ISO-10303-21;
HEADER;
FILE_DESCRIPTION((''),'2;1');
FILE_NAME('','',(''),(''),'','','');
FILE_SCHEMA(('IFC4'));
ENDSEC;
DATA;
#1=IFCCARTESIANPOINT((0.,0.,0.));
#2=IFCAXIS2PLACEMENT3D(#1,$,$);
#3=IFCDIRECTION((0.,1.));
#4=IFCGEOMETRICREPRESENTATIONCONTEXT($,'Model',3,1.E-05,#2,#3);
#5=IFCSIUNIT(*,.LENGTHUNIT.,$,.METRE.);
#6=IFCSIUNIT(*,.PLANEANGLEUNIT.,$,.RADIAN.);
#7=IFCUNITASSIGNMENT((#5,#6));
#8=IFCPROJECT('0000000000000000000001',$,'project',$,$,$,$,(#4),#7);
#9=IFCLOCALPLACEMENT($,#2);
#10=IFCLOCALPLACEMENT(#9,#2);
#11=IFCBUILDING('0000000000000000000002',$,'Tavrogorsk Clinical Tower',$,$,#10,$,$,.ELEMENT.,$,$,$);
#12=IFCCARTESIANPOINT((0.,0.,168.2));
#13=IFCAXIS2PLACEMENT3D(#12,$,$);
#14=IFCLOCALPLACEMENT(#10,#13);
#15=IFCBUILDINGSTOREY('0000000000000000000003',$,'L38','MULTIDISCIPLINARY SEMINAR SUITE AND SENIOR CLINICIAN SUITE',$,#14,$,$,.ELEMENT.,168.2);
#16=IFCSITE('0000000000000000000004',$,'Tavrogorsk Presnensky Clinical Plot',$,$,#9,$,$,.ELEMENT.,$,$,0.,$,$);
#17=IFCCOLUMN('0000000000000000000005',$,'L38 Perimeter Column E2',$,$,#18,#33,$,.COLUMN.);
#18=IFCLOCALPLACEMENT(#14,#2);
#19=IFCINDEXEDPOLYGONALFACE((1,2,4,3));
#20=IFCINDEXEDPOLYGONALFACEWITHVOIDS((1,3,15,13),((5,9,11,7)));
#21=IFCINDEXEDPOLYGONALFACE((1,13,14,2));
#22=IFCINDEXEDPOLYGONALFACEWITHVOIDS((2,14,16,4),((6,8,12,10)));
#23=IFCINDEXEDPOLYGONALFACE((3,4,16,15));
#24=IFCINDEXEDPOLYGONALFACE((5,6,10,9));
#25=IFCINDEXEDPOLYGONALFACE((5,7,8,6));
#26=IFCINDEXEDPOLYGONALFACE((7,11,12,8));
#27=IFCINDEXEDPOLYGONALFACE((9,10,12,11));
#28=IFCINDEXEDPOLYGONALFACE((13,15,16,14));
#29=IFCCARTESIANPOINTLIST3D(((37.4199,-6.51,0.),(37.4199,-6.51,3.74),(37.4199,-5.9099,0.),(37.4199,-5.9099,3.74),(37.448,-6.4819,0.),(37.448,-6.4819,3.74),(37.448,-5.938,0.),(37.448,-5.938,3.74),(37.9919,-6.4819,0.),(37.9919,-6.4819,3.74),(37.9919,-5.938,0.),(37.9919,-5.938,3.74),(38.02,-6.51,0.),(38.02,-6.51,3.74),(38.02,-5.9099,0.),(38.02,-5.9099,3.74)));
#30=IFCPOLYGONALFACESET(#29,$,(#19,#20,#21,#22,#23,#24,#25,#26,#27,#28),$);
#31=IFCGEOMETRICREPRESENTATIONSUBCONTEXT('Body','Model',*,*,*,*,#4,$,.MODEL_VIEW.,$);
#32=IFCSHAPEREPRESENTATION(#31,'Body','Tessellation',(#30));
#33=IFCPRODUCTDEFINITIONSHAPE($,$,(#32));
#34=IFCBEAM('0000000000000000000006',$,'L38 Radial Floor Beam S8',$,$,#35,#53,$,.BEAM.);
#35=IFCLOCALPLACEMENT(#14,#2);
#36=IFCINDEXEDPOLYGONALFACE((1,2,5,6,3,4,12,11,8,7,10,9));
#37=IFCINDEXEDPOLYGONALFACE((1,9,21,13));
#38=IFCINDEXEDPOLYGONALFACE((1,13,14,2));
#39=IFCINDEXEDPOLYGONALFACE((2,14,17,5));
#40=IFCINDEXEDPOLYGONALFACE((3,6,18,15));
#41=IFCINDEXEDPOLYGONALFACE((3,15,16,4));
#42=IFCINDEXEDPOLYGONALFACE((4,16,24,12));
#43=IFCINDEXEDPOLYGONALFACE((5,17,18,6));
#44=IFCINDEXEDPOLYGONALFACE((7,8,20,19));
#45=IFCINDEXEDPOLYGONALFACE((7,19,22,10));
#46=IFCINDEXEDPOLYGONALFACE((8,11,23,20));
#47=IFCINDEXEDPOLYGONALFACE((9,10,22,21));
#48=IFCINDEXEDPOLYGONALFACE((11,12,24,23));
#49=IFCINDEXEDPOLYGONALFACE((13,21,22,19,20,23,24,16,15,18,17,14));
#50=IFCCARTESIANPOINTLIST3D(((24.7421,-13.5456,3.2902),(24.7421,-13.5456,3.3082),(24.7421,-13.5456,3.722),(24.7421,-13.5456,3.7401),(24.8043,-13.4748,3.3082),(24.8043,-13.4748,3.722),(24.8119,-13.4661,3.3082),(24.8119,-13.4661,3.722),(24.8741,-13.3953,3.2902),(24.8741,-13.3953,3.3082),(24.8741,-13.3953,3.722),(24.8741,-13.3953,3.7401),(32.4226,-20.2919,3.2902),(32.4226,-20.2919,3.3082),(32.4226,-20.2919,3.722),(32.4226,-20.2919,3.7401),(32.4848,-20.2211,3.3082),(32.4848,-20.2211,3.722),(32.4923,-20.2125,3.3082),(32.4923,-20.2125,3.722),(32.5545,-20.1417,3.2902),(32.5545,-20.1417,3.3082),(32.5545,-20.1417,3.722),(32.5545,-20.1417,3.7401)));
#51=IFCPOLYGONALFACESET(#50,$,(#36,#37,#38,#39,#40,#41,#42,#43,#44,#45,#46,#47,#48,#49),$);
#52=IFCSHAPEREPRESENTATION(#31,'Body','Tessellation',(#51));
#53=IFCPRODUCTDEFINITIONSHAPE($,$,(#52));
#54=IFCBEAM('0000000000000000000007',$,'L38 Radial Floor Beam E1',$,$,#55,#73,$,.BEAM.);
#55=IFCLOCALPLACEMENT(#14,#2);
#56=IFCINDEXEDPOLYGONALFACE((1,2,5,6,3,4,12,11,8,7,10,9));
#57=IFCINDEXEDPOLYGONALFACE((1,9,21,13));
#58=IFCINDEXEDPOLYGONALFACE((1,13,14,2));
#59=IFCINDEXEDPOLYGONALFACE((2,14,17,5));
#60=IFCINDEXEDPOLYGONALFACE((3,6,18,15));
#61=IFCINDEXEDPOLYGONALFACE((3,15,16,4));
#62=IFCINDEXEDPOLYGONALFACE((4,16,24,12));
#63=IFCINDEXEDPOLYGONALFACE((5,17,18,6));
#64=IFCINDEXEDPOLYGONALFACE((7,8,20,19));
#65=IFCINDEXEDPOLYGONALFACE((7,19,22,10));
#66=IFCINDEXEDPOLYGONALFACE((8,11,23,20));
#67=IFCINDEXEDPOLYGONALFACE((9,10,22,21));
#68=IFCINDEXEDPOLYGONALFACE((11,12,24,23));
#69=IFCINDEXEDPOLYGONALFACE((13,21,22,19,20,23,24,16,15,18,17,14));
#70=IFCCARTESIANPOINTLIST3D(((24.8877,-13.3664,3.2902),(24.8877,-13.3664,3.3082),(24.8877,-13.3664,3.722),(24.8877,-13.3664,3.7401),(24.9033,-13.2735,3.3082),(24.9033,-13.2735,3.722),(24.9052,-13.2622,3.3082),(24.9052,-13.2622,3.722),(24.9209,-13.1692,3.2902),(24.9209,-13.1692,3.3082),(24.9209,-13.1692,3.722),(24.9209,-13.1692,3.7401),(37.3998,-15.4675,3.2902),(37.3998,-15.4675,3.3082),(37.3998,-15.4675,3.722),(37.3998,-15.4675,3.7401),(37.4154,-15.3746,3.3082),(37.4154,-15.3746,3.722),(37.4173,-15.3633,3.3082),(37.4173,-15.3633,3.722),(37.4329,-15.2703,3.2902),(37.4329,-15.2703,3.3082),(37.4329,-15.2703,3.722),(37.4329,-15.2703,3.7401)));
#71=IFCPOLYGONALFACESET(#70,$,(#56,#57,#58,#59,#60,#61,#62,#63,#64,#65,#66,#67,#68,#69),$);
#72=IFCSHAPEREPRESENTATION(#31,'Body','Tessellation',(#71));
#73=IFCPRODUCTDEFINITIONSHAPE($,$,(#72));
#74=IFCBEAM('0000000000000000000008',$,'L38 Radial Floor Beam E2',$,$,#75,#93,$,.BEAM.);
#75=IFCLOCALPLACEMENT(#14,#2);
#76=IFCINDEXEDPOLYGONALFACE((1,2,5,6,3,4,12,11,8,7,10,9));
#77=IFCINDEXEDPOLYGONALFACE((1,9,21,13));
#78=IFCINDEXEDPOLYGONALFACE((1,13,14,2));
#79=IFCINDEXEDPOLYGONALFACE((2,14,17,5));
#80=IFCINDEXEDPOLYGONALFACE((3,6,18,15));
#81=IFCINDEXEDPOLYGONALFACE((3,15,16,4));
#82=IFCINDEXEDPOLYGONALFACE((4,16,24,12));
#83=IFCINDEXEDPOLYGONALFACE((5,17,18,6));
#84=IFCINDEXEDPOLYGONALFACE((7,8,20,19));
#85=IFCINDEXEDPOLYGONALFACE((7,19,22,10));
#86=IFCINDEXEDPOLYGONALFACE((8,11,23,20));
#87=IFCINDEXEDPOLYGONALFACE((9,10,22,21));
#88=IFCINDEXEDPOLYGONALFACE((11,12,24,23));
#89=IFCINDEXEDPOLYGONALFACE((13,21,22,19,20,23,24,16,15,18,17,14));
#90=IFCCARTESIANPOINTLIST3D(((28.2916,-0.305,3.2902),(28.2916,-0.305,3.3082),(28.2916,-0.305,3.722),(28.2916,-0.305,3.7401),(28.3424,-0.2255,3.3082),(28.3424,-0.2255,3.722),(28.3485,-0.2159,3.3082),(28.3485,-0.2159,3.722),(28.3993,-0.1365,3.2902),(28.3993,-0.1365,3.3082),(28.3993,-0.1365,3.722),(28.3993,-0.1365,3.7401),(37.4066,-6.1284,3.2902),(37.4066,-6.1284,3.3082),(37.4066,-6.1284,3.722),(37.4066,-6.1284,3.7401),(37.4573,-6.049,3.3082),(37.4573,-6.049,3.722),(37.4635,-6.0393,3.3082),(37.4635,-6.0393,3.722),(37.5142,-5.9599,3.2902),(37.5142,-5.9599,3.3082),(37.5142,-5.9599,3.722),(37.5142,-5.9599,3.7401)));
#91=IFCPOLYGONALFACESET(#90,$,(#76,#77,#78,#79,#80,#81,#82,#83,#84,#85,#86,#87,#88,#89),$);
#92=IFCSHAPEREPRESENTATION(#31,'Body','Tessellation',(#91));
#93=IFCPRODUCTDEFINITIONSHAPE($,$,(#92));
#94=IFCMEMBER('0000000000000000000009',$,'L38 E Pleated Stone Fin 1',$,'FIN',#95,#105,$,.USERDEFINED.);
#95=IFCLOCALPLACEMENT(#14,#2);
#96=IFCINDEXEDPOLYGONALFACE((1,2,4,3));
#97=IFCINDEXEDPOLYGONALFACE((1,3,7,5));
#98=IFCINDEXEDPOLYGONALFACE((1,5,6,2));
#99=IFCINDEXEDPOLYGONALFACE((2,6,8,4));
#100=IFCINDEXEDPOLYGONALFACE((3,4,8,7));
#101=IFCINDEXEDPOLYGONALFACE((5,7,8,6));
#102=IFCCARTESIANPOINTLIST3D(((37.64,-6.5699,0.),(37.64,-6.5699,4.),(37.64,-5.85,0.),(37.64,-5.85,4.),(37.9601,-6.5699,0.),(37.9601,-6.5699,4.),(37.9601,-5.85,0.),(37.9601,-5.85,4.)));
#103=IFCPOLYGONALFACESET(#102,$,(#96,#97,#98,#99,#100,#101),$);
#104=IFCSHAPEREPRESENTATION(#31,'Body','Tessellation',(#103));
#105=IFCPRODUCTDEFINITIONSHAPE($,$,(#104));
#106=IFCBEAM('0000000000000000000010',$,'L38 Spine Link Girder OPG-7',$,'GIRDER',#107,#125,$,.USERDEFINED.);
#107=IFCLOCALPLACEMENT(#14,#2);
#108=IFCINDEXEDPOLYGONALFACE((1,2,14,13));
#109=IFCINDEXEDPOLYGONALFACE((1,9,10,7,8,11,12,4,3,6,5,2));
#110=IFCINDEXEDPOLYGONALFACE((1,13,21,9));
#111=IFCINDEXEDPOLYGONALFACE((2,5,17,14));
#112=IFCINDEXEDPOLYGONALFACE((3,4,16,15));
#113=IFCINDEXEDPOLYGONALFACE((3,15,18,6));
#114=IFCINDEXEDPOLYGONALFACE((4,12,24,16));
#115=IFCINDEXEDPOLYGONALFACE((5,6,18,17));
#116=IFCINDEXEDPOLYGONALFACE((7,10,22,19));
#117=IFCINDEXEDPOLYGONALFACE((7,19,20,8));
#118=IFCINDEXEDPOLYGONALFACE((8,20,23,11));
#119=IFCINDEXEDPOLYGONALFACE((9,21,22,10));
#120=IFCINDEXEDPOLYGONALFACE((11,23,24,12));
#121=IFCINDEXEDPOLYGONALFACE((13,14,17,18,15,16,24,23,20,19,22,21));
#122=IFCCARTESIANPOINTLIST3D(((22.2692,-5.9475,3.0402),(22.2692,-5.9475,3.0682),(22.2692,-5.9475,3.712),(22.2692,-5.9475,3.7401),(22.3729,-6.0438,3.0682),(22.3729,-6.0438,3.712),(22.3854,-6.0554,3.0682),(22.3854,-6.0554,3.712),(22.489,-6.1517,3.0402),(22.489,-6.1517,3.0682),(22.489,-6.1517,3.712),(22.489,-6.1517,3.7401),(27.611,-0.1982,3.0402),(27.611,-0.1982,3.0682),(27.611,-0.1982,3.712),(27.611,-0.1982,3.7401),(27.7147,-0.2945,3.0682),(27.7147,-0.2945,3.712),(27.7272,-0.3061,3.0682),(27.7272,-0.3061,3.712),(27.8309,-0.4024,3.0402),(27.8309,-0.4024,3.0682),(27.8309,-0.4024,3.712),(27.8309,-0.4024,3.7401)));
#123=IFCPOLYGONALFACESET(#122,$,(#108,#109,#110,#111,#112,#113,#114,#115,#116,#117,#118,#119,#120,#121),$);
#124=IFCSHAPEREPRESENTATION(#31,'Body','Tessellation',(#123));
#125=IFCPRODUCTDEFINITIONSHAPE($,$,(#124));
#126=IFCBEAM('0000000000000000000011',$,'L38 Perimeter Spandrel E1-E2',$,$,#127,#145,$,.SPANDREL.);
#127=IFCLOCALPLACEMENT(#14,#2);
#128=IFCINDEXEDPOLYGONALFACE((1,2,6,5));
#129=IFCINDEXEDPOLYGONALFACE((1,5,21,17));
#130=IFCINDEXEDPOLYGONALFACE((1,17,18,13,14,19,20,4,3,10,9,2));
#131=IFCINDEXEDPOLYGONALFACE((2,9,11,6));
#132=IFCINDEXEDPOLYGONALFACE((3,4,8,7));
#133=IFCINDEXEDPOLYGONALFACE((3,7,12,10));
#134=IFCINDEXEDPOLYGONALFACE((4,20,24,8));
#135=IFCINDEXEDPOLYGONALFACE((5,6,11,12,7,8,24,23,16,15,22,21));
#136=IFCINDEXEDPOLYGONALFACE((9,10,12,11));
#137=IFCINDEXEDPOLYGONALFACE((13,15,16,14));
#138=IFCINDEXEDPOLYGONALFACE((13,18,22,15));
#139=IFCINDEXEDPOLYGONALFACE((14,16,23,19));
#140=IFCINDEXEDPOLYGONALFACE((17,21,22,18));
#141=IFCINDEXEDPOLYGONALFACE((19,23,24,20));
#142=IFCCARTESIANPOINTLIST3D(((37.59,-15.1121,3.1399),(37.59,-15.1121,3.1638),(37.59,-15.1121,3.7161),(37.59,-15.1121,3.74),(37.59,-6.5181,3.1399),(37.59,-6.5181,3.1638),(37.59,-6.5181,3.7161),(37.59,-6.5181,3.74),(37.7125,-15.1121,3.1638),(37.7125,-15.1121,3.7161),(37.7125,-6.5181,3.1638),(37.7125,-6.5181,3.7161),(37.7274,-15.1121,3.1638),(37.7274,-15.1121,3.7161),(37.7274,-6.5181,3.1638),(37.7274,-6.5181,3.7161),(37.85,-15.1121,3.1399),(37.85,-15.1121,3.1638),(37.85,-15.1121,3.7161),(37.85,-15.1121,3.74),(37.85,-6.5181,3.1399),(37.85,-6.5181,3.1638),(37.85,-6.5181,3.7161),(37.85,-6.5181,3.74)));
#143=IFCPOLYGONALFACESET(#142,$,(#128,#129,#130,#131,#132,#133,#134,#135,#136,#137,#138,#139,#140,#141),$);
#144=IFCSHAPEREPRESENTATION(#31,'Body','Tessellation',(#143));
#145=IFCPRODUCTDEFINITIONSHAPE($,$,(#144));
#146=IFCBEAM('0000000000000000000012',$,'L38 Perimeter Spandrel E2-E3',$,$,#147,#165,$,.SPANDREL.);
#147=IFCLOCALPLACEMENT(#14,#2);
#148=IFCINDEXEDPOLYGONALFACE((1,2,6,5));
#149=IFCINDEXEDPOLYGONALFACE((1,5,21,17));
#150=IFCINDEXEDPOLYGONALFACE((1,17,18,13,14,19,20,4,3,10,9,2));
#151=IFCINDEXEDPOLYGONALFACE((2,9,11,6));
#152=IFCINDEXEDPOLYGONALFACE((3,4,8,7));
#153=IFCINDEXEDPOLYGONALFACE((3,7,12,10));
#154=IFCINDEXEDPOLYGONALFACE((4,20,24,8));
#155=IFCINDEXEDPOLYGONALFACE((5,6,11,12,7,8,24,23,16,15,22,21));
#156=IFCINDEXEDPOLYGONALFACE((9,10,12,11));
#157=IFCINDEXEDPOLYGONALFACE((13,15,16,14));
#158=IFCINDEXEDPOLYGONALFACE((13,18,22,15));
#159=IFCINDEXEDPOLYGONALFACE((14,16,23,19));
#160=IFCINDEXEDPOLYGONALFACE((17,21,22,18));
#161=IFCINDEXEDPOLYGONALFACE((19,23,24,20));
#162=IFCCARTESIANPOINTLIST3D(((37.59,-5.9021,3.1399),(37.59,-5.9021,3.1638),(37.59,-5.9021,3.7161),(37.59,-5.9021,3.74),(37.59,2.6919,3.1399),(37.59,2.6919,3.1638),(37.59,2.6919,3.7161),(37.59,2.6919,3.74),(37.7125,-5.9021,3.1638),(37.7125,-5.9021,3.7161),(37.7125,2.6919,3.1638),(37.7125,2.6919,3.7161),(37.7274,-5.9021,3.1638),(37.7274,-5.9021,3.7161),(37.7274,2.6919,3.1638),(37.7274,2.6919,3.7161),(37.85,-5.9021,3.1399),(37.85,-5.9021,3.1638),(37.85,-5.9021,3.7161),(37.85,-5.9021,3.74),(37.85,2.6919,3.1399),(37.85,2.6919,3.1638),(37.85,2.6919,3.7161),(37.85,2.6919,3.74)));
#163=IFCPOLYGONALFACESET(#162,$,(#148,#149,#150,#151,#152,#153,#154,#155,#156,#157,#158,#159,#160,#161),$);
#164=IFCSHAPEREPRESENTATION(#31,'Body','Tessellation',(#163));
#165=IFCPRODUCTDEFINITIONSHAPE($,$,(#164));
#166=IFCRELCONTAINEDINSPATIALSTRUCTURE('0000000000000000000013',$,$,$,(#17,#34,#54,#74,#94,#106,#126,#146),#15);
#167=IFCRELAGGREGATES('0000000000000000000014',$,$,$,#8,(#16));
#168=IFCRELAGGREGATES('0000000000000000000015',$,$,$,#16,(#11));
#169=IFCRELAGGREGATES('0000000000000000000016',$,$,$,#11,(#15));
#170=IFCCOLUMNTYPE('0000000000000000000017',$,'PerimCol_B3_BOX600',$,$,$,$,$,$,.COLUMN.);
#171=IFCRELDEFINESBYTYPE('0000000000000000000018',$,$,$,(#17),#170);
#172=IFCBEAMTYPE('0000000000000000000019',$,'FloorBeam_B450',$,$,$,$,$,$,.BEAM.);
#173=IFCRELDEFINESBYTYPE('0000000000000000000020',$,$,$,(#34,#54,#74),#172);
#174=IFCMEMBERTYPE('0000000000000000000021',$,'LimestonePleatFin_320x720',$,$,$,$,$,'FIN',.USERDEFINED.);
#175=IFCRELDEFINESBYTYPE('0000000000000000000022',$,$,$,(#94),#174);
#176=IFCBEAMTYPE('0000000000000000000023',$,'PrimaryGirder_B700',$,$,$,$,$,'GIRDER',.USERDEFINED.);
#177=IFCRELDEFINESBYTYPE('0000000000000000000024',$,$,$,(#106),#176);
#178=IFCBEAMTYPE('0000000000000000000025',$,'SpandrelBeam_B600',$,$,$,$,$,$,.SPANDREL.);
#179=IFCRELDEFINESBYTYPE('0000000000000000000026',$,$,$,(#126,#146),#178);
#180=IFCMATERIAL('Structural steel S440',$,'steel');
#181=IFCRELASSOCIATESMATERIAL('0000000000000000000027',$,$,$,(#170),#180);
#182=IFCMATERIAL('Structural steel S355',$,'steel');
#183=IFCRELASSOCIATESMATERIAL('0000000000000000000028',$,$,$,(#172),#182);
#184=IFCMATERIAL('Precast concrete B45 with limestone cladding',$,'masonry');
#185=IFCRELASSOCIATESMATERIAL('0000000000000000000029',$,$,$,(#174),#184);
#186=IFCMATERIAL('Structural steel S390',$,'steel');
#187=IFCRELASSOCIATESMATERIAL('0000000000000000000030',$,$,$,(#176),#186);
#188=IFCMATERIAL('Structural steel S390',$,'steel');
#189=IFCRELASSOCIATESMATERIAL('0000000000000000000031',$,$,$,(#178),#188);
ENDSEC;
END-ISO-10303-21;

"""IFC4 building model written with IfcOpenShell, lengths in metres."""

from ifc_helpers import new_model, si_unit, direction, frame, origin, origin_2d, place, context, subcontext, project, spatial, rectangle, hollow_rectangle, i_section, extrude, material, material_profile, profile_set, type_object, element, save


model = new_model("IFC4")

# Units and contexts
model_context = context("Model", 3, precision=1e-05, world=origin(), true_north=direction((0.0, 1.0)))
body_context = subcontext(model_context, "Body", "Model", "MODEL_VIEW")
ifc_project = project(units=[si_unit("LENGTHUNIT", "METRE"), si_unit("PLANEANGLEUNIT", "RADIAN")], contexts=[model_context])

# Site, building, storey
site_placement = place(None, origin())
site = spatial("IfcSite", under=ifc_project, at=site_placement, Name="Tavrogorsk Presnensky Clinical Plot", CompositionType="ELEMENT", RefElevation=0.0)
building_placement = place(site_placement, origin())
building = spatial("IfcBuilding", under=site, at=building_placement, Name="Tavrogorsk Clinical Tower", CompositionType="ELEMENT")
storey_placement = place(building_placement, frame((0.0, 0.0, 168.2)))
storey = spatial("IfcBuildingStorey", under=building, at=storey_placement, Name="L38", Description="MULTIDISCIPLINARY SEMINAR SUITE AND SENIOR CLINICIAN SUITE", CompositionType="ELEMENT", Elevation=168.2)

# Column
ifc_material_1 = material(Name="Structural steel S440", Category="steel")
ifc_material_profile_1 = material_profile(ifc_material_1, hollow_rectangle(XDim=0.6001, YDim=0.6001, WallThickness=0.0281, at=origin_2d()), Name="BOX-600x600x28")
ifc_profile_set_1 = profile_set([ifc_material_profile_1], Name="Structural steel S440")
column_type = type_object("IfcColumnType", Name="PerimCol_B3_BOX600", PredefinedType="COLUMN", material=ifc_profile_set_1)
column_placement = place(storey_placement, frame((37.72, -6.21, 0.0), z_axis=(0.0, 0.0, 1.0), x_axis=(1.0, 0.0, 0.0)))
element("IfcColumn", 1, at=column_placement, inside=storey, type_object=column_type, Name="L38 Perimeter Column E2", PredefinedType="COLUMN", context=body_context, shape_type="SweptSolid", body=[
    extrude(hollow_rectangle(XDim=0.6001, YDim=0.6001, WallThickness=0.0281, at=origin_2d()), origin(), (0.0, 0.0, 1.0), 3.74),
])

# Beams
ifc_material_2 = material(Name="Structural steel S355", Category="steel")
ifc_material_profile_2 = material_profile(ifc_material_2, i_section(OverallWidth=0.2, OverallDepth=0.45, WebThickness=0.0115, FlangeThickness=0.0181, at=origin_2d()), Name="B-450x200x11.5x18")
ifc_profile_set_2 = profile_set([ifc_material_profile_2], Name="Structural steel S355")
beam_type_1 = type_object("IfcBeamType", Name="FloorBeam_B450", PredefinedType="BEAM", material=ifc_profile_set_2)
beam_1_placement = place(storey_placement, frame((24.8081, -13.4705, 3.5151), z_axis=(0.751316, -0.659942, 0.0), x_axis=(0.659942, 0.751316, 0.0)))
element("IfcBeam", 2, at=beam_1_placement, inside=storey, type_object=beam_type_1, Name="L38 Radial Floor Beam S8", PredefinedType="BEAM", context=body_context, shape_type="SweptSolid", body=[
    extrude(i_section(OverallWidth=0.2, OverallDepth=0.45, WebThickness=0.0115, FlangeThickness=0.0181, at=origin_2d()), origin(), (0.0, 0.0, 1.0), 10.2227),
])
beam_2_placement = place(storey_placement, frame((24.9043, -13.2678, 3.5151), z_axis=(0.986192, -0.165607, 0.0), x_axis=(0.165607, 0.986192, 0.0)))
element("IfcBeam", 3, at=beam_2_placement, inside=storey, type_object=beam_type_1, Name="L38 Radial Floor Beam E1", PredefinedType="BEAM", context=body_context, shape_type="SweptSolid", body=[
    extrude(i_section(OverallWidth=0.2, OverallDepth=0.45, WebThickness=0.0115, FlangeThickness=0.0181, at=origin_2d()), origin(), (0.0, 0.0, 1.0), 12.6873),
])
beam_3_placement = place(storey_placement, frame((28.3455, -0.2207, 3.5151), z_axis=(0.842695, -0.538391, 0.0), x_axis=(0.538391, 0.842695, 0.0)))
element("IfcBeam", 4, at=beam_3_placement, inside=storey, type_object=beam_type_1, Name="L38 Radial Floor Beam E2", PredefinedType="BEAM", context=body_context, shape_type="SweptSolid", body=[
    extrude(i_section(OverallWidth=0.2, OverallDepth=0.45, WebThickness=0.0115, FlangeThickness=0.0181, at=origin_2d()), origin(), (0.0, 0.0, 1.0), 10.8164),
])

# Member
ifc_material_3 = material(Name="Precast concrete B45 with limestone cladding", Category="masonry")
ifc_material_profile_3 = material_profile(ifc_material_3, rectangle(XDim=0.3201, YDim=0.72, at=origin_2d()), Name="LIMESTONE-FIN-320x720")
ifc_profile_set_3 = profile_set([ifc_material_profile_3], Name="Precast concrete B45 with limestone cladding")
member_type = type_object("IfcMemberType", Name="LimestonePleatFin_320x720", ElementType="FIN", PredefinedType="USERDEFINED", material=ifc_profile_set_3)
member_placement = place(storey_placement, frame((37.8, -6.21, 0.0), z_axis=(0.0, 0.0, 1.0), x_axis=(1.0, 0.0, 0.0)))
element("IfcMember", 5, at=member_placement, inside=storey, type_object=member_type, Name="L38 E Pleated Stone Fin 1", ObjectType="FIN", PredefinedType="USERDEFINED", context=body_context, shape_type="SweptSolid", body=[
    extrude(rectangle(XDim=0.3201, YDim=0.72, at=origin_2d()), origin(), (0.0, 0.0, 1.0), 4.0),
])

# Beams
ifc_material_4 = material(Name="Structural steel S390", Category="steel")
ifc_material_profile_4 = material_profile(ifc_material_4, i_section(OverallWidth=0.3, OverallDepth=0.7, WebThickness=0.0171, FlangeThickness=0.0281, at=origin_2d()), Name="B-700x300x17x28")
ifc_profile_set_4 = profile_set([ifc_material_profile_4], Name="Structural steel S390")
beam_type_2 = type_object("IfcBeamType", Name="PrimaryGirder_B700", ElementType="GIRDER", PredefinedType="USERDEFINED", material=ifc_profile_set_4)
beam_4_placement = place(storey_placement, frame((27.7209, -0.3003, 3.3901), z_axis=(-0.680669, -0.732591, 0.0), x_axis=(0.732591, -0.680669, 0.0)))
element("IfcBeam", 6, at=beam_4_placement, inside=storey, type_object=beam_type_2, Name="L38 Spine Link Girder OPG-7", ObjectType="GIRDER", PredefinedType="USERDEFINED", context=body_context, shape_type="SweptSolid", body=[
    extrude(i_section(OverallWidth=0.3, OverallDepth=0.7, WebThickness=0.0171, FlangeThickness=0.0281, at=origin_2d()), origin(), (0.0, 0.0, 1.0), 7.8479),
])
ifc_material_5 = material(Name="Structural steel S390", Category="steel")
ifc_material_profile_5 = material_profile(ifc_material_5, i_section(OverallWidth=0.26, OverallDepth=0.6001, WebThickness=0.0149, FlangeThickness=0.0239, at=origin_2d()), Name="B-600x260x15x24")
ifc_profile_set_5 = profile_set([ifc_material_profile_5], Name="Structural steel S390")
beam_type_3 = type_object("IfcBeamType", Name="SpandrelBeam_B600", PredefinedType="SPANDREL", material=ifc_profile_set_5)
for number, where, z_axis, x_axis, name in (
    (7, (37.72, -15.1121, 3.4399), (0.0, 1.0, 0.0), (-1.0, 0.0, 0.0), "L38 Perimeter Spandrel E1-E2"),
    (8, (37.72, -5.9021, 3.4399), (0.0, 1.0, 0.0), (-1.0, 0.0, 0.0), "L38 Perimeter Spandrel E2-E3"),
):
    element("IfcBeam", number, at=place(storey_placement, frame(where, z_axis=z_axis, x_axis=x_axis)), inside=storey, type_object=beam_type_3, Name=name, PredefinedType="SPANDREL", context=body_context, shape_type="SweptSolid", body=[
        extrude(i_section(OverallWidth=0.26, OverallDepth=0.6001, WebThickness=0.0149, FlangeThickness=0.0239, at=origin_2d()), origin(), (0.0, 0.0, 1.0), 8.594),
    ])

save(model, "model.ifc")
